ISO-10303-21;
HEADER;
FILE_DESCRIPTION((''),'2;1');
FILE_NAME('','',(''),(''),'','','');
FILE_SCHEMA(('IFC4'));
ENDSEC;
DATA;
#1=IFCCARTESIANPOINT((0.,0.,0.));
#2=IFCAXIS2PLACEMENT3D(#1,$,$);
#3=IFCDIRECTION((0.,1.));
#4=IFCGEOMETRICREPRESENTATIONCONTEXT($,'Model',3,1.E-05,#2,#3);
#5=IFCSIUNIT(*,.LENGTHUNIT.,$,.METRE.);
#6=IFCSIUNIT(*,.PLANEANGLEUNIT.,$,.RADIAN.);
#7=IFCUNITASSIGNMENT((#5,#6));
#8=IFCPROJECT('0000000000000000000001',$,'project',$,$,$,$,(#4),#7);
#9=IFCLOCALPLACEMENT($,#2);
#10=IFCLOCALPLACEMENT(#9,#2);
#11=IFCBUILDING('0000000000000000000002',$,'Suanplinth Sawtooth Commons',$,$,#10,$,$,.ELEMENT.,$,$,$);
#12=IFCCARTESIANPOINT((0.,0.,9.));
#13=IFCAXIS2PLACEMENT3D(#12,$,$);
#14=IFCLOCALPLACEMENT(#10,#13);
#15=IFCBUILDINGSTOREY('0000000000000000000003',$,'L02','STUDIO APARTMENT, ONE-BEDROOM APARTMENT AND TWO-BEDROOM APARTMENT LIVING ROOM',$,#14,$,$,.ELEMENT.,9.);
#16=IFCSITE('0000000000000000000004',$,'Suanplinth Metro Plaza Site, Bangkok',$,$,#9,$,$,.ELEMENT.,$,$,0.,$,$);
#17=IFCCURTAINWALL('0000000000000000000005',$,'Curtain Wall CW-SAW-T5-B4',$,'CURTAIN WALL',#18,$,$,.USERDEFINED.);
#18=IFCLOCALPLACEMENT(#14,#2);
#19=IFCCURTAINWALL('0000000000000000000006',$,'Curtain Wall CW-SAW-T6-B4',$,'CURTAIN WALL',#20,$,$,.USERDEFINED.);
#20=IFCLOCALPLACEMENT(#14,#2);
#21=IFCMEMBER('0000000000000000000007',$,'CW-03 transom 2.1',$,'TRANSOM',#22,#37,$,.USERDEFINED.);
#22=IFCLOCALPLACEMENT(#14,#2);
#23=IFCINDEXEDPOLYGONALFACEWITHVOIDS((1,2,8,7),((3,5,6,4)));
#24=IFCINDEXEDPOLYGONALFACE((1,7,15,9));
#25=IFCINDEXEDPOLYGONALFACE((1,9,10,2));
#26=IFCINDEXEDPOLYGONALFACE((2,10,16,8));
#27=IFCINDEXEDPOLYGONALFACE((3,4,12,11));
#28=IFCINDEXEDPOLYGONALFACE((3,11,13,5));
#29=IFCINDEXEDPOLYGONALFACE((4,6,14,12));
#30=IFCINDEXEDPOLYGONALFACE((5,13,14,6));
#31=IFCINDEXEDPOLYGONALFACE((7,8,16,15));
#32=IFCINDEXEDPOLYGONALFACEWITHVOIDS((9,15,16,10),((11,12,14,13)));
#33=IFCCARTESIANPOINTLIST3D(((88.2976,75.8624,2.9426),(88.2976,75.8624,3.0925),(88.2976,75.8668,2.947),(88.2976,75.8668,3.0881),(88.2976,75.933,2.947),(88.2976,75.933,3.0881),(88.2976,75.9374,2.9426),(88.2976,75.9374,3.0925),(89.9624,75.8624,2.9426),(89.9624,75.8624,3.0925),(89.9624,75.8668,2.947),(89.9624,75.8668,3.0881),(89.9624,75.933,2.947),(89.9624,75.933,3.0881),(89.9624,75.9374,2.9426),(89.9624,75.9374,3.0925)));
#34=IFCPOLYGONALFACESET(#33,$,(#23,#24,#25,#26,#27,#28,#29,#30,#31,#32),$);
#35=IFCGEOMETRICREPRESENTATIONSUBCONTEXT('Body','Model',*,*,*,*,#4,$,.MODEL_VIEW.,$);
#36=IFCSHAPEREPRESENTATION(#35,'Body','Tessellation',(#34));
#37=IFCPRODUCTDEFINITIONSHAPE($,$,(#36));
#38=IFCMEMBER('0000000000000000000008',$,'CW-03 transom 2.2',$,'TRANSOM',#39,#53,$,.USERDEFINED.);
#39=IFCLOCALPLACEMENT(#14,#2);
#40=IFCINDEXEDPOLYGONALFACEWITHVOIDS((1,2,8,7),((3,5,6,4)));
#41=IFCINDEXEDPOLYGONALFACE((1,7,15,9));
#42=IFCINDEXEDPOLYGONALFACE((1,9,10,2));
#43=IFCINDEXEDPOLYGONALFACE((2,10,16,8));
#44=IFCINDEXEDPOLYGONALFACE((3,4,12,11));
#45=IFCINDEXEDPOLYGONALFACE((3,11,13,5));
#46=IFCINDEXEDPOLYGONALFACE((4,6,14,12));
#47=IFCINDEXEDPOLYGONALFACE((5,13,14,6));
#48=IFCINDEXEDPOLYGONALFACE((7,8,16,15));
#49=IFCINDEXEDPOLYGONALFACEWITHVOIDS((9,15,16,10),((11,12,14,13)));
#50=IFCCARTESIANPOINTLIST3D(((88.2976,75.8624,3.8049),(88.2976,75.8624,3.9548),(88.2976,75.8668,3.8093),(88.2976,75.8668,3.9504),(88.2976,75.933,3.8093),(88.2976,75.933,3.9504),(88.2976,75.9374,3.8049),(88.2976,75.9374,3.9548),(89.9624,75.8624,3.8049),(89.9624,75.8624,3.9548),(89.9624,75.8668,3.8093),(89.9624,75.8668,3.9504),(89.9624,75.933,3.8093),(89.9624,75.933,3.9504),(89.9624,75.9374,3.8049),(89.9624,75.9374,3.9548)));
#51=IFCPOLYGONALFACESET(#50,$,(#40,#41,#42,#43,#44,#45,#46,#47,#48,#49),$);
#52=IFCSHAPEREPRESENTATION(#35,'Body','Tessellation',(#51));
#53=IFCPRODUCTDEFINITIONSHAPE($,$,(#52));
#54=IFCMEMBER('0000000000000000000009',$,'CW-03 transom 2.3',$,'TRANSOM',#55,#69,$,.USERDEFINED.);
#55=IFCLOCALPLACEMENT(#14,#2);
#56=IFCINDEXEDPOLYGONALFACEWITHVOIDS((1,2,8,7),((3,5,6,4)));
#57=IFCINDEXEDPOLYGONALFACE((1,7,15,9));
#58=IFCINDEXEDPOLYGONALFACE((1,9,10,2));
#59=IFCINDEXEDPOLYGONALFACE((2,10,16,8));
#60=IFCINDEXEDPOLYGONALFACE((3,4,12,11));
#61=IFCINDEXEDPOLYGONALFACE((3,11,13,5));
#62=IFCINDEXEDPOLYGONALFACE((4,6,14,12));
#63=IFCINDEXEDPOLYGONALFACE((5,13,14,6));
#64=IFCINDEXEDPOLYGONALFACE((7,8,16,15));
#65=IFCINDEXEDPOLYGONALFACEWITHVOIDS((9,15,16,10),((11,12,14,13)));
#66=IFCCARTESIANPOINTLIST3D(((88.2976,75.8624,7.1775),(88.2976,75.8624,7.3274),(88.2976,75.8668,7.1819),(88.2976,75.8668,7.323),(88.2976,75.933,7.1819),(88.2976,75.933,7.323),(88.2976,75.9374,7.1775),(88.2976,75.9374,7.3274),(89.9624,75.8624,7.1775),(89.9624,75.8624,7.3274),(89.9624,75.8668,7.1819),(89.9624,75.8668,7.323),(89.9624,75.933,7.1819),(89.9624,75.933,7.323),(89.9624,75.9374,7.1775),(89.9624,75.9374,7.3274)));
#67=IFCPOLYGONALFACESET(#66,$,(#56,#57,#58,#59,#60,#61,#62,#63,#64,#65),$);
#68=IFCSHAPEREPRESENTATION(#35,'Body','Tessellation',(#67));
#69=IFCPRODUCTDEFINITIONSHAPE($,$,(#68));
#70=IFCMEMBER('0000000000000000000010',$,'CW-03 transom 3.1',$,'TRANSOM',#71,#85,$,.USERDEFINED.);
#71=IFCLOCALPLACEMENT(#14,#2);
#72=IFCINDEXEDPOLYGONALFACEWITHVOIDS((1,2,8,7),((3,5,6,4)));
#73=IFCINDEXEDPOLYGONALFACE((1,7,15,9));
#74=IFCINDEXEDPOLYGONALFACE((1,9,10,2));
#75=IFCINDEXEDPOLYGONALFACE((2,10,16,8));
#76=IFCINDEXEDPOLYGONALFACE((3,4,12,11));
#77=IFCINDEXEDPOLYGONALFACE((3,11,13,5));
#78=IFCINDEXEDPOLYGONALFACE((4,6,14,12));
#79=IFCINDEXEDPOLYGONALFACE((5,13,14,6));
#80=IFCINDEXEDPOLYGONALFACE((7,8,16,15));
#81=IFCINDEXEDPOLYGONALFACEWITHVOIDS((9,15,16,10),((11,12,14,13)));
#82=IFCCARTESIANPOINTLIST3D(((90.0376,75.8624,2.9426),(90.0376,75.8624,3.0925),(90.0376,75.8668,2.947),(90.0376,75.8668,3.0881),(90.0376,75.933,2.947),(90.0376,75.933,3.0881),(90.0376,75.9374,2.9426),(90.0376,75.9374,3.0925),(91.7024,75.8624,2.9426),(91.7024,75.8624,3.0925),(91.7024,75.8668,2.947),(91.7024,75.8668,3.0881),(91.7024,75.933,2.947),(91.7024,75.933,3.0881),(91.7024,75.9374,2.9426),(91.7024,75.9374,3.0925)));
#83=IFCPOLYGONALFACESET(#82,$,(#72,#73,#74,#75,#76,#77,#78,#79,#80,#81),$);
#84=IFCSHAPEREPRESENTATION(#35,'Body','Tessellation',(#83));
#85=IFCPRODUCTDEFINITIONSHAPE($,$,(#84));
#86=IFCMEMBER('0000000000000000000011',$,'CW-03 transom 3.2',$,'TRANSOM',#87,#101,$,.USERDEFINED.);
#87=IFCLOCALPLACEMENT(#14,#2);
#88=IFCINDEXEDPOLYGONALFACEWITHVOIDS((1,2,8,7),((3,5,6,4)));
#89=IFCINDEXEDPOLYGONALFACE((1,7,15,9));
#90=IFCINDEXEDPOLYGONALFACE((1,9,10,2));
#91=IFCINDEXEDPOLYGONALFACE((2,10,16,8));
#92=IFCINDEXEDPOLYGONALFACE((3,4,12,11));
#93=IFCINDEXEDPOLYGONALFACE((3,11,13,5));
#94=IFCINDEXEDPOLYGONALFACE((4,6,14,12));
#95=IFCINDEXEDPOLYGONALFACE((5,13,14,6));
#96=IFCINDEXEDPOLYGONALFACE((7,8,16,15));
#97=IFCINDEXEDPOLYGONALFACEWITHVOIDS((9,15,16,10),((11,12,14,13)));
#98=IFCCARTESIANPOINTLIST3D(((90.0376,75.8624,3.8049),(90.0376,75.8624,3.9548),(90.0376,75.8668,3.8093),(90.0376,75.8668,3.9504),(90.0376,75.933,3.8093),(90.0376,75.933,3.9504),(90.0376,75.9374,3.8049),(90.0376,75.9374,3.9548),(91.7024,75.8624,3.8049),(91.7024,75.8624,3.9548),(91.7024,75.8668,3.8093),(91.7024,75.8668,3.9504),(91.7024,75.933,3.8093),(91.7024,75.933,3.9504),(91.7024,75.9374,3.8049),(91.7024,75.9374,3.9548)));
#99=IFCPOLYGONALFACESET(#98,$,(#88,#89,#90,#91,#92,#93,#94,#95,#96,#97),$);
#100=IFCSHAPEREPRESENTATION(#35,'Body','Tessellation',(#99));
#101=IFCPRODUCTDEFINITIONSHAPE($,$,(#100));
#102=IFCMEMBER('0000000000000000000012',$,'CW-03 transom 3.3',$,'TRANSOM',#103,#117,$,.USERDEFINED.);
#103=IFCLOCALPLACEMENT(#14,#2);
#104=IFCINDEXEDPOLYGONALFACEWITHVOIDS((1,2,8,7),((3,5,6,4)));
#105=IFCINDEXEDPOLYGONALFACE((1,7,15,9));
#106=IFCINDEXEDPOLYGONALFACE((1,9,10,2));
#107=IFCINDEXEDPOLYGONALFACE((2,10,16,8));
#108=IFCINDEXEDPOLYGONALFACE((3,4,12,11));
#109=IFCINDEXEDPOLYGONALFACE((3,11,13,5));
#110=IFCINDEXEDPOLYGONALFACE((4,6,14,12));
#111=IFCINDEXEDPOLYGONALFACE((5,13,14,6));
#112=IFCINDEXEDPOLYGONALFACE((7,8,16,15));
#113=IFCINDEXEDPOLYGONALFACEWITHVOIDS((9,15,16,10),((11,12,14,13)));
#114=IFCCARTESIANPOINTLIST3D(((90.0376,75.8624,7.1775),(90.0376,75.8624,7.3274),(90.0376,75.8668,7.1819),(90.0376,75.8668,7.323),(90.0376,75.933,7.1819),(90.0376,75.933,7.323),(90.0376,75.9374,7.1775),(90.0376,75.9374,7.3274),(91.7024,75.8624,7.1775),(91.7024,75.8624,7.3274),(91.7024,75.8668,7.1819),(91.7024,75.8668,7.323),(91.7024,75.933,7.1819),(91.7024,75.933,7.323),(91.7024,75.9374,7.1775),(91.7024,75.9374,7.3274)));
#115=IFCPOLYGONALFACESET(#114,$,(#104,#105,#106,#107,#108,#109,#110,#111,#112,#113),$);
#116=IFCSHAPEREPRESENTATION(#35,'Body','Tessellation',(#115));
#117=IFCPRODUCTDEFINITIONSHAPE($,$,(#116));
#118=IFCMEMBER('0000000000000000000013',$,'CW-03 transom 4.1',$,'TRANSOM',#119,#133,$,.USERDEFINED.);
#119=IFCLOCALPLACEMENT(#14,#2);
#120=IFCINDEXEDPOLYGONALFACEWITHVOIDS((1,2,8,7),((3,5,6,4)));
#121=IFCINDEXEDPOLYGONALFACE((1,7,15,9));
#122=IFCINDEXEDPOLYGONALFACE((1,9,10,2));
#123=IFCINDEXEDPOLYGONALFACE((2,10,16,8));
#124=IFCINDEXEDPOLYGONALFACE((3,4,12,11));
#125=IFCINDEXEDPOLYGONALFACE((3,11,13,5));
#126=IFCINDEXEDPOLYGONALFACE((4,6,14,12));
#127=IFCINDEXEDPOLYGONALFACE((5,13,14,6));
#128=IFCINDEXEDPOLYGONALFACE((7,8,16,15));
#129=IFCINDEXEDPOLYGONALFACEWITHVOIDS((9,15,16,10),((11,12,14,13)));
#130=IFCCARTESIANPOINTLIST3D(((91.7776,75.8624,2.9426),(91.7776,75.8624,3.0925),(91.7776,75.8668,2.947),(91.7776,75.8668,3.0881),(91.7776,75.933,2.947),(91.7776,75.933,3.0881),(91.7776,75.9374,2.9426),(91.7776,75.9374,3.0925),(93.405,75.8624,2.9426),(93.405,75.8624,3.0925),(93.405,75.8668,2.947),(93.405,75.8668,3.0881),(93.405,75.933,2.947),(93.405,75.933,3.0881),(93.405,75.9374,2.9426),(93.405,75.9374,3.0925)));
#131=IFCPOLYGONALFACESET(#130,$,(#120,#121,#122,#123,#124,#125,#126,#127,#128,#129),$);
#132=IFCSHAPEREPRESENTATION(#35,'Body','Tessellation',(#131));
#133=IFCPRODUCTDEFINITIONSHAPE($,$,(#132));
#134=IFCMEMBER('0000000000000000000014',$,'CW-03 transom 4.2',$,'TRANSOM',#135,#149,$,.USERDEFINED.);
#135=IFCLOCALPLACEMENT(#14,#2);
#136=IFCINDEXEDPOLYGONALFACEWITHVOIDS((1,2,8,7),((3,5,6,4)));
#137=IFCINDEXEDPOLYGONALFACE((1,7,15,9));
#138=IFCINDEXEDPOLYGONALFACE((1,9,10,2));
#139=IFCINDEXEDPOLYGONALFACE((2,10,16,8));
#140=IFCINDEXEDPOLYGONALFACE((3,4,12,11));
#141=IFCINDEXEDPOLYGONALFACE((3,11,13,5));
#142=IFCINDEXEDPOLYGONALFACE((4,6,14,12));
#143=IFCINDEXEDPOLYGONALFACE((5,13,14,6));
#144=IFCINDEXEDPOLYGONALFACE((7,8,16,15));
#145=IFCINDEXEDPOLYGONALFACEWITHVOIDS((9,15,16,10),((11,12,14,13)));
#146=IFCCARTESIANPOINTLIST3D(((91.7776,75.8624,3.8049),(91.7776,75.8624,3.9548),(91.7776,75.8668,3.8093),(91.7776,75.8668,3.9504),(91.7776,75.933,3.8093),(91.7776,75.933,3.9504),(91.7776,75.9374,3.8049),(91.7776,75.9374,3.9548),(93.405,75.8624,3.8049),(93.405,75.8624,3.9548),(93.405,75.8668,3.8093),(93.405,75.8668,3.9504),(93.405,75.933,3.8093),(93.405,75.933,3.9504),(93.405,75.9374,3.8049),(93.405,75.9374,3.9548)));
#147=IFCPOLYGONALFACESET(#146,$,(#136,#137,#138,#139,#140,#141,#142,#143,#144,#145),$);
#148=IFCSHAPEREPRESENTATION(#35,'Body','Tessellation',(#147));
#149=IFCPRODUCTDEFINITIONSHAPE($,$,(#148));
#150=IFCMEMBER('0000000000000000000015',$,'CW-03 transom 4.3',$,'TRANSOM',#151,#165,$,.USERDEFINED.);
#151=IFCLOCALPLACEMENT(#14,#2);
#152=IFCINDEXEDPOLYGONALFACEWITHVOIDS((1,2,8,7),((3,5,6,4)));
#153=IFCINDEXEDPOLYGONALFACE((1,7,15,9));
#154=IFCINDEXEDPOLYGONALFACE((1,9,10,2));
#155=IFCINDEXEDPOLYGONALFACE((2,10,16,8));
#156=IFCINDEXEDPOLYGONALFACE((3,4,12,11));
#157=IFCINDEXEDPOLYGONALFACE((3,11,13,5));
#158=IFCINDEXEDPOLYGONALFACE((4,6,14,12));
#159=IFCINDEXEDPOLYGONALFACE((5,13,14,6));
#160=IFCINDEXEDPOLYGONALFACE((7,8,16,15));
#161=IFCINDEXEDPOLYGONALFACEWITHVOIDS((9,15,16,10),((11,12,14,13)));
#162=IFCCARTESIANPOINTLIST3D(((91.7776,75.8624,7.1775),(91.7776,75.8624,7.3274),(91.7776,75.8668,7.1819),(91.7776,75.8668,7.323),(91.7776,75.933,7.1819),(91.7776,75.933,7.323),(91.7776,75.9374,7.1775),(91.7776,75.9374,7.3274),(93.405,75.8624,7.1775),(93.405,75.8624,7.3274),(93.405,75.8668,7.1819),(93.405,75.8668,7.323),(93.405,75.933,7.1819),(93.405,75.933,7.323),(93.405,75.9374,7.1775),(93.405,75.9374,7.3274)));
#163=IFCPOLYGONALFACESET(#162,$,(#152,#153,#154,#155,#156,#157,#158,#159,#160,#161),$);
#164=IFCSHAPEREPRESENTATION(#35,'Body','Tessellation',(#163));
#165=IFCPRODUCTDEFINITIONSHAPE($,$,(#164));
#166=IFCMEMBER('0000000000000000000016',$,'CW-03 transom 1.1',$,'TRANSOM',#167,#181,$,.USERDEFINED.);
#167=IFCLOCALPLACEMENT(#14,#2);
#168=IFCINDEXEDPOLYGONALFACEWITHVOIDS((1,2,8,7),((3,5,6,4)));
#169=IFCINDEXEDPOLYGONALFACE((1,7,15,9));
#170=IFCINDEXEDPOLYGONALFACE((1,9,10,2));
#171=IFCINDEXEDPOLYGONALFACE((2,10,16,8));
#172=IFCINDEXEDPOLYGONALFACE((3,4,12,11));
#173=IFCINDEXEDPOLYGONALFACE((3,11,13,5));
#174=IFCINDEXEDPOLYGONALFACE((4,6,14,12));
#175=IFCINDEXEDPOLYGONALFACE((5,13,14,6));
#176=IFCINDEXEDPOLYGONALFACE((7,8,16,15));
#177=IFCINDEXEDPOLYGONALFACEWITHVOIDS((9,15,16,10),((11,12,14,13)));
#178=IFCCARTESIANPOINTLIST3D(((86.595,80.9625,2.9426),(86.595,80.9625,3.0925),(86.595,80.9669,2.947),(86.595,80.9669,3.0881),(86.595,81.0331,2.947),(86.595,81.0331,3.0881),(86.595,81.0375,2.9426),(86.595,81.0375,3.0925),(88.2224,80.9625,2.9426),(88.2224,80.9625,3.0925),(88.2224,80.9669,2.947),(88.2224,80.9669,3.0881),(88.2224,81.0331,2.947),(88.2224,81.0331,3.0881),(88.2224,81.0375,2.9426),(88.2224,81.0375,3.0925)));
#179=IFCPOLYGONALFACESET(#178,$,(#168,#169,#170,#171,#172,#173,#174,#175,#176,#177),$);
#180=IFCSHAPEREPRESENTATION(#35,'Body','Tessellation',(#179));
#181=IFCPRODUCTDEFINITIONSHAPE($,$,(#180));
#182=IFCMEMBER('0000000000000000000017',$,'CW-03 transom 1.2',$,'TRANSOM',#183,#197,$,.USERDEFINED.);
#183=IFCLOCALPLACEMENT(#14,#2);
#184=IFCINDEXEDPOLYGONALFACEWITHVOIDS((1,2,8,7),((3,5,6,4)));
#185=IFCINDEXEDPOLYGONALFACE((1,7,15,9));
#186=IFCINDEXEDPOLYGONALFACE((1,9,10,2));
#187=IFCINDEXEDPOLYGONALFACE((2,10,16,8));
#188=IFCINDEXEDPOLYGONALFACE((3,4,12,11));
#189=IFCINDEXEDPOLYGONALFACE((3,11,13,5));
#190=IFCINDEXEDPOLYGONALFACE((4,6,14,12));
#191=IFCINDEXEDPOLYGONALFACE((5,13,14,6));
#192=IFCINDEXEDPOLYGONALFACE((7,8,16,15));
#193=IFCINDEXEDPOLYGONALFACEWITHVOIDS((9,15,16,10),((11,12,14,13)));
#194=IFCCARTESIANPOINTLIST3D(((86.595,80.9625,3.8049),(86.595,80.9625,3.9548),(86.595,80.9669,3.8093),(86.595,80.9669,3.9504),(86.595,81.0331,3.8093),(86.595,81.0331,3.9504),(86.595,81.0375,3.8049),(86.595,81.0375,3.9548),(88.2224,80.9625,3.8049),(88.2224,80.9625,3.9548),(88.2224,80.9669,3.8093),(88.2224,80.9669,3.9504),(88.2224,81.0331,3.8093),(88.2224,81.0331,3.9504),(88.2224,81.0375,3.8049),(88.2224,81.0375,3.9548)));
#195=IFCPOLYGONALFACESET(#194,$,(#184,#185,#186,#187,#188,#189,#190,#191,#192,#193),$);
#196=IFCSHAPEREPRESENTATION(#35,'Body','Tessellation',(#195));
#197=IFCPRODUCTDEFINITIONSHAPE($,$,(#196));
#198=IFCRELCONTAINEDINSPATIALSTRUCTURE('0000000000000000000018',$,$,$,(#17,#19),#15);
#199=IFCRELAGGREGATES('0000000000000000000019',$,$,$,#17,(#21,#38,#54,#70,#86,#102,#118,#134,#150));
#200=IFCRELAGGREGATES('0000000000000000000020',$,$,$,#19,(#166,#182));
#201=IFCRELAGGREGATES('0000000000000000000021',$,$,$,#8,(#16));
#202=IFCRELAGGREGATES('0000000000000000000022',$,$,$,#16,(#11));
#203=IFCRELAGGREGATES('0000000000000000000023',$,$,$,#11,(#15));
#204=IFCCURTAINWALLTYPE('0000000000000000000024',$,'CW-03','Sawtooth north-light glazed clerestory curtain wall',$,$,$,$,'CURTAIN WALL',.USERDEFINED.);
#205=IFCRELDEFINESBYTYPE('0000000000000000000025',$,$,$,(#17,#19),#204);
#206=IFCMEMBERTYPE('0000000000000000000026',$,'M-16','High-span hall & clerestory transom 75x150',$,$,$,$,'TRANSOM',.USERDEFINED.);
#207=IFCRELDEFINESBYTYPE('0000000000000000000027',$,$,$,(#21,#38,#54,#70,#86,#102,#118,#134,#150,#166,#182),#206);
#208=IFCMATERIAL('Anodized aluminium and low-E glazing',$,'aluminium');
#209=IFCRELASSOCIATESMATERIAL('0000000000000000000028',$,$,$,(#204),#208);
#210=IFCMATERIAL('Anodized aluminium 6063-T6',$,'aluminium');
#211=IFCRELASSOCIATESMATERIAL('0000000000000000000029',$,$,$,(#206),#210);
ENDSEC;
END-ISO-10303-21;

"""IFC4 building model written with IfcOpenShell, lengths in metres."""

from ifc_helpers import new_model, si_unit, direction, frame, origin, origin_2d, place, context, subcontext, project, spatial, hollow_rectangle, extrude, material, material_profile, profile_set, type_object, element, aggregate, save


model = new_model("IFC4")

# Units and contexts
model_context = context("Model", 3, precision=1e-05, world=origin(), true_north=direction((0.0, 1.0)))
body_context = subcontext(model_context, "Body", "Model", "MODEL_VIEW")
ifc_project = project(units=[si_unit("LENGTHUNIT", "METRE"), si_unit("PLANEANGLEUNIT", "RADIAN")], contexts=[model_context])

# Site, building, storey
site_placement = place(None, origin())
site = spatial("IfcSite", under=ifc_project, at=site_placement, Name="Suanplinth Metro Plaza Site, Bangkok", CompositionType="ELEMENT", RefElevation=0.0)
building_placement = place(site_placement, origin())
building = spatial("IfcBuilding", under=site, at=building_placement, Name="Suanplinth Sawtooth Commons", CompositionType="ELEMENT")
storey_placement = place(building_placement, frame((0.0, 0.0, 9.0)))
storey = spatial("IfcBuildingStorey", under=building, at=storey_placement, Name="L02", Description="STUDIO APARTMENT, ONE-BEDROOM APARTMENT AND TWO-BEDROOM APARTMENT LIVING ROOM", CompositionType="ELEMENT", Elevation=9.0)

# Curtain walls
ifc_material_1 = material(Name="Anodized aluminium and low-E glazing", Category="aluminium")
curtain_wall_type = type_object("IfcCurtainWallType", Name="CW-03", Description="Sawtooth north-light glazed clerestory curtain wall", ElementType="CURTAIN WALL", PredefinedType="USERDEFINED", material=ifc_material_1)
curtain_wall_1_placement = place(storey_placement, origin())
curtain_wall_1 = element("IfcCurtainWall", 1, at=curtain_wall_1_placement, inside=storey, type_object=curtain_wall_type, Name="Curtain Wall CW-SAW-T5-B4", ObjectType="CURTAIN WALL", PredefinedType="USERDEFINED")
ifc_material_2 = material(Name="Anodized aluminium 6063-T6", Category="aluminium")
curtain_wall_2_placement = place(storey_placement, origin())
curtain_wall_2 = element("IfcCurtainWall", 2, at=curtain_wall_2_placement, inside=storey, type_object=curtain_wall_type, Name="Curtain Wall CW-SAW-T6-B4", ObjectType="CURTAIN WALL", PredefinedType="USERDEFINED")

# Members
ifc_material_profile_1 = material_profile(ifc_material_2, hollow_rectangle(XDim=0.075, YDim=0.1499, WallThickness=0.0044, at=origin_2d()), Name="ALU-TRN 75x150")
ifc_profile_set_1 = profile_set([ifc_material_profile_1], Name="Anodized aluminium 6063-T6")
member_type_1 = type_object("IfcMemberType", Name="M-16", Description="High-span hall & clerestory transom 75x150", ElementType="TRANSOM", PredefinedType="USERDEFINED", material=ifc_profile_set_1)
member_1_placement = place(storey_placement, frame((88.2976, 75.8999, 3.0176), z_axis=(1.0, 0.0, 0.0), x_axis=(0.0, 1.0, 0.0)))
member_1 = element("IfcMember", 3, at=member_1_placement, type_object=member_type_1, Name="CW-03 transom 2.1", ObjectType="TRANSOM", PredefinedType="USERDEFINED", context=body_context, shape_type="SweptSolid", body=[
    extrude(hollow_rectangle(XDim=0.075, YDim=0.1499, WallThickness=0.0044, at=origin_2d()), origin(), (0.0, 0.0, 1.0), 1.6648),
])
member_2_placement = place(storey_placement, frame((88.2976, 75.8999, 3.8799), z_axis=(1.0, 0.0, 0.0), x_axis=(0.0, 1.0, 0.0)))
member_2 = element("IfcMember", 4, at=member_2_placement, type_object=member_type_1, Name="CW-03 transom 2.2", ObjectType="TRANSOM", PredefinedType="USERDEFINED", context=body_context, shape_type="SweptSolid", body=[
    extrude(hollow_rectangle(XDim=0.075, YDim=0.1499, WallThickness=0.0044, at=origin_2d()), origin(), (0.0, 0.0, 1.0), 1.6648),
])
member_3_placement = place(storey_placement, frame((88.2976, 75.8999, 7.2524), z_axis=(1.0, 0.0, 0.0), x_axis=(0.0, 1.0, 0.0)))
member_3 = element("IfcMember", 5, at=member_3_placement, type_object=member_type_1, Name="CW-03 transom 2.3", ObjectType="TRANSOM", PredefinedType="USERDEFINED", context=body_context, shape_type="SweptSolid", body=[
    extrude(hollow_rectangle(XDim=0.075, YDim=0.1499, WallThickness=0.0044, at=origin_2d()), origin(), (0.0, 0.0, 1.0), 1.6648),
])
member_4_placement = place(storey_placement, frame((90.0376, 75.8999, 3.0176), z_axis=(1.0, 0.0, 0.0), x_axis=(0.0, 1.0, 0.0)))
member_4 = element("IfcMember", 6, at=member_4_placement, type_object=member_type_1, Name="CW-03 transom 3.1", ObjectType="TRANSOM", PredefinedType="USERDEFINED", context=body_context, shape_type="SweptSolid", body=[
    extrude(hollow_rectangle(XDim=0.075, YDim=0.1499, WallThickness=0.0044, at=origin_2d()), origin(), (0.0, 0.0, 1.0), 1.6648),
])
member_5_placement = place(storey_placement, frame((90.0376, 75.8999, 3.8799), z_axis=(1.0, 0.0, 0.0), x_axis=(0.0, 1.0, 0.0)))
member_5 = element("IfcMember", 7, at=member_5_placement, type_object=member_type_1, Name="CW-03 transom 3.2", ObjectType="TRANSOM", PredefinedType="USERDEFINED", context=body_context, shape_type="SweptSolid", body=[
    extrude(hollow_rectangle(XDim=0.075, YDim=0.1499, WallThickness=0.0044, at=origin_2d()), origin(), (0.0, 0.0, 1.0), 1.6648),
])
member_6_placement = place(storey_placement, frame((90.0376, 75.8999, 7.2524), z_axis=(1.0, 0.0, 0.0), x_axis=(0.0, 1.0, 0.0)))
member_6 = element("IfcMember", 8, at=member_6_placement, type_object=member_type_1, Name="CW-03 transom 3.3", ObjectType="TRANSOM", PredefinedType="USERDEFINED", context=body_context, shape_type="SweptSolid", body=[
    extrude(hollow_rectangle(XDim=0.075, YDim=0.1499, WallThickness=0.0044, at=origin_2d()), origin(), (0.0, 0.0, 1.0), 1.6648),
])
member_7_placement = place(storey_placement, frame((91.7776, 75.8999, 3.0176), z_axis=(1.0, 0.0, 0.0), x_axis=(0.0, 1.0, 0.0)))
member_7 = element("IfcMember", 9, at=member_7_placement, type_object=member_type_1, Name="CW-03 transom 4.1", ObjectType="TRANSOM", PredefinedType="USERDEFINED", context=body_context, shape_type="SweptSolid", body=[
    extrude(hollow_rectangle(XDim=0.075, YDim=0.1499, WallThickness=0.0044, at=origin_2d()), origin(), (0.0, 0.0, 1.0), 1.6274),
])
member_8_placement = place(storey_placement, frame((91.7776, 75.8999, 3.8799), z_axis=(1.0, 0.0, 0.0), x_axis=(0.0, 1.0, 0.0)))
member_8 = element("IfcMember", 10, at=member_8_placement, type_object=member_type_1, Name="CW-03 transom 4.2", ObjectType="TRANSOM", PredefinedType="USERDEFINED", context=body_context, shape_type="SweptSolid", body=[
    extrude(hollow_rectangle(XDim=0.075, YDim=0.1499, WallThickness=0.0044, at=origin_2d()), origin(), (0.0, 0.0, 1.0), 1.6274),
])
member_9_placement = place(storey_placement, frame((91.7776, 75.8999, 7.2524), z_axis=(1.0, 0.0, 0.0), x_axis=(0.0, 1.0, 0.0)))
member_9 = element("IfcMember", 11, at=member_9_placement, type_object=member_type_1, Name="CW-03 transom 4.3", ObjectType="TRANSOM", PredefinedType="USERDEFINED", context=body_context, shape_type="SweptSolid", body=[
    extrude(hollow_rectangle(XDim=0.075, YDim=0.1499, WallThickness=0.0044, at=origin_2d()), origin(), (0.0, 0.0, 1.0), 1.6274),
])
member_10_placement = place(storey_placement, frame((86.595, 81.0, 3.0176), z_axis=(1.0, 0.0, 0.0), x_axis=(0.0, 1.0, 0.0)))
member_10 = element("IfcMember", 12, at=member_10_placement, type_object=member_type_1, Name="CW-03 transom 1.1", ObjectType="TRANSOM", PredefinedType="USERDEFINED", context=body_context, shape_type="SweptSolid", body=[
    extrude(hollow_rectangle(XDim=0.075, YDim=0.1499, WallThickness=0.0044, at=origin_2d()), origin(), (0.0, 0.0, 1.0), 1.6274),
])
member_11_placement = place(storey_placement, frame((86.595, 81.0, 3.8799), z_axis=(1.0, 0.0, 0.0), x_axis=(0.0, 1.0, 0.0)))
member_11 = element("IfcMember", 13, at=member_11_placement, type_object=member_type_1, Name="CW-03 transom 1.2", ObjectType="TRANSOM", PredefinedType="USERDEFINED", context=body_context, shape_type="SweptSolid", body=[
    extrude(hollow_rectangle(XDim=0.075, YDim=0.1499, WallThickness=0.0044, at=origin_2d()), origin(), (0.0, 0.0, 1.0), 1.6274),
])

aggregate(curtain_wall_1, [member_1, member_2, member_3, member_4, member_5, member_6, member_7, member_8, member_9])
aggregate(curtain_wall_2, [member_10, member_11])

save(model, "model.ifc")
